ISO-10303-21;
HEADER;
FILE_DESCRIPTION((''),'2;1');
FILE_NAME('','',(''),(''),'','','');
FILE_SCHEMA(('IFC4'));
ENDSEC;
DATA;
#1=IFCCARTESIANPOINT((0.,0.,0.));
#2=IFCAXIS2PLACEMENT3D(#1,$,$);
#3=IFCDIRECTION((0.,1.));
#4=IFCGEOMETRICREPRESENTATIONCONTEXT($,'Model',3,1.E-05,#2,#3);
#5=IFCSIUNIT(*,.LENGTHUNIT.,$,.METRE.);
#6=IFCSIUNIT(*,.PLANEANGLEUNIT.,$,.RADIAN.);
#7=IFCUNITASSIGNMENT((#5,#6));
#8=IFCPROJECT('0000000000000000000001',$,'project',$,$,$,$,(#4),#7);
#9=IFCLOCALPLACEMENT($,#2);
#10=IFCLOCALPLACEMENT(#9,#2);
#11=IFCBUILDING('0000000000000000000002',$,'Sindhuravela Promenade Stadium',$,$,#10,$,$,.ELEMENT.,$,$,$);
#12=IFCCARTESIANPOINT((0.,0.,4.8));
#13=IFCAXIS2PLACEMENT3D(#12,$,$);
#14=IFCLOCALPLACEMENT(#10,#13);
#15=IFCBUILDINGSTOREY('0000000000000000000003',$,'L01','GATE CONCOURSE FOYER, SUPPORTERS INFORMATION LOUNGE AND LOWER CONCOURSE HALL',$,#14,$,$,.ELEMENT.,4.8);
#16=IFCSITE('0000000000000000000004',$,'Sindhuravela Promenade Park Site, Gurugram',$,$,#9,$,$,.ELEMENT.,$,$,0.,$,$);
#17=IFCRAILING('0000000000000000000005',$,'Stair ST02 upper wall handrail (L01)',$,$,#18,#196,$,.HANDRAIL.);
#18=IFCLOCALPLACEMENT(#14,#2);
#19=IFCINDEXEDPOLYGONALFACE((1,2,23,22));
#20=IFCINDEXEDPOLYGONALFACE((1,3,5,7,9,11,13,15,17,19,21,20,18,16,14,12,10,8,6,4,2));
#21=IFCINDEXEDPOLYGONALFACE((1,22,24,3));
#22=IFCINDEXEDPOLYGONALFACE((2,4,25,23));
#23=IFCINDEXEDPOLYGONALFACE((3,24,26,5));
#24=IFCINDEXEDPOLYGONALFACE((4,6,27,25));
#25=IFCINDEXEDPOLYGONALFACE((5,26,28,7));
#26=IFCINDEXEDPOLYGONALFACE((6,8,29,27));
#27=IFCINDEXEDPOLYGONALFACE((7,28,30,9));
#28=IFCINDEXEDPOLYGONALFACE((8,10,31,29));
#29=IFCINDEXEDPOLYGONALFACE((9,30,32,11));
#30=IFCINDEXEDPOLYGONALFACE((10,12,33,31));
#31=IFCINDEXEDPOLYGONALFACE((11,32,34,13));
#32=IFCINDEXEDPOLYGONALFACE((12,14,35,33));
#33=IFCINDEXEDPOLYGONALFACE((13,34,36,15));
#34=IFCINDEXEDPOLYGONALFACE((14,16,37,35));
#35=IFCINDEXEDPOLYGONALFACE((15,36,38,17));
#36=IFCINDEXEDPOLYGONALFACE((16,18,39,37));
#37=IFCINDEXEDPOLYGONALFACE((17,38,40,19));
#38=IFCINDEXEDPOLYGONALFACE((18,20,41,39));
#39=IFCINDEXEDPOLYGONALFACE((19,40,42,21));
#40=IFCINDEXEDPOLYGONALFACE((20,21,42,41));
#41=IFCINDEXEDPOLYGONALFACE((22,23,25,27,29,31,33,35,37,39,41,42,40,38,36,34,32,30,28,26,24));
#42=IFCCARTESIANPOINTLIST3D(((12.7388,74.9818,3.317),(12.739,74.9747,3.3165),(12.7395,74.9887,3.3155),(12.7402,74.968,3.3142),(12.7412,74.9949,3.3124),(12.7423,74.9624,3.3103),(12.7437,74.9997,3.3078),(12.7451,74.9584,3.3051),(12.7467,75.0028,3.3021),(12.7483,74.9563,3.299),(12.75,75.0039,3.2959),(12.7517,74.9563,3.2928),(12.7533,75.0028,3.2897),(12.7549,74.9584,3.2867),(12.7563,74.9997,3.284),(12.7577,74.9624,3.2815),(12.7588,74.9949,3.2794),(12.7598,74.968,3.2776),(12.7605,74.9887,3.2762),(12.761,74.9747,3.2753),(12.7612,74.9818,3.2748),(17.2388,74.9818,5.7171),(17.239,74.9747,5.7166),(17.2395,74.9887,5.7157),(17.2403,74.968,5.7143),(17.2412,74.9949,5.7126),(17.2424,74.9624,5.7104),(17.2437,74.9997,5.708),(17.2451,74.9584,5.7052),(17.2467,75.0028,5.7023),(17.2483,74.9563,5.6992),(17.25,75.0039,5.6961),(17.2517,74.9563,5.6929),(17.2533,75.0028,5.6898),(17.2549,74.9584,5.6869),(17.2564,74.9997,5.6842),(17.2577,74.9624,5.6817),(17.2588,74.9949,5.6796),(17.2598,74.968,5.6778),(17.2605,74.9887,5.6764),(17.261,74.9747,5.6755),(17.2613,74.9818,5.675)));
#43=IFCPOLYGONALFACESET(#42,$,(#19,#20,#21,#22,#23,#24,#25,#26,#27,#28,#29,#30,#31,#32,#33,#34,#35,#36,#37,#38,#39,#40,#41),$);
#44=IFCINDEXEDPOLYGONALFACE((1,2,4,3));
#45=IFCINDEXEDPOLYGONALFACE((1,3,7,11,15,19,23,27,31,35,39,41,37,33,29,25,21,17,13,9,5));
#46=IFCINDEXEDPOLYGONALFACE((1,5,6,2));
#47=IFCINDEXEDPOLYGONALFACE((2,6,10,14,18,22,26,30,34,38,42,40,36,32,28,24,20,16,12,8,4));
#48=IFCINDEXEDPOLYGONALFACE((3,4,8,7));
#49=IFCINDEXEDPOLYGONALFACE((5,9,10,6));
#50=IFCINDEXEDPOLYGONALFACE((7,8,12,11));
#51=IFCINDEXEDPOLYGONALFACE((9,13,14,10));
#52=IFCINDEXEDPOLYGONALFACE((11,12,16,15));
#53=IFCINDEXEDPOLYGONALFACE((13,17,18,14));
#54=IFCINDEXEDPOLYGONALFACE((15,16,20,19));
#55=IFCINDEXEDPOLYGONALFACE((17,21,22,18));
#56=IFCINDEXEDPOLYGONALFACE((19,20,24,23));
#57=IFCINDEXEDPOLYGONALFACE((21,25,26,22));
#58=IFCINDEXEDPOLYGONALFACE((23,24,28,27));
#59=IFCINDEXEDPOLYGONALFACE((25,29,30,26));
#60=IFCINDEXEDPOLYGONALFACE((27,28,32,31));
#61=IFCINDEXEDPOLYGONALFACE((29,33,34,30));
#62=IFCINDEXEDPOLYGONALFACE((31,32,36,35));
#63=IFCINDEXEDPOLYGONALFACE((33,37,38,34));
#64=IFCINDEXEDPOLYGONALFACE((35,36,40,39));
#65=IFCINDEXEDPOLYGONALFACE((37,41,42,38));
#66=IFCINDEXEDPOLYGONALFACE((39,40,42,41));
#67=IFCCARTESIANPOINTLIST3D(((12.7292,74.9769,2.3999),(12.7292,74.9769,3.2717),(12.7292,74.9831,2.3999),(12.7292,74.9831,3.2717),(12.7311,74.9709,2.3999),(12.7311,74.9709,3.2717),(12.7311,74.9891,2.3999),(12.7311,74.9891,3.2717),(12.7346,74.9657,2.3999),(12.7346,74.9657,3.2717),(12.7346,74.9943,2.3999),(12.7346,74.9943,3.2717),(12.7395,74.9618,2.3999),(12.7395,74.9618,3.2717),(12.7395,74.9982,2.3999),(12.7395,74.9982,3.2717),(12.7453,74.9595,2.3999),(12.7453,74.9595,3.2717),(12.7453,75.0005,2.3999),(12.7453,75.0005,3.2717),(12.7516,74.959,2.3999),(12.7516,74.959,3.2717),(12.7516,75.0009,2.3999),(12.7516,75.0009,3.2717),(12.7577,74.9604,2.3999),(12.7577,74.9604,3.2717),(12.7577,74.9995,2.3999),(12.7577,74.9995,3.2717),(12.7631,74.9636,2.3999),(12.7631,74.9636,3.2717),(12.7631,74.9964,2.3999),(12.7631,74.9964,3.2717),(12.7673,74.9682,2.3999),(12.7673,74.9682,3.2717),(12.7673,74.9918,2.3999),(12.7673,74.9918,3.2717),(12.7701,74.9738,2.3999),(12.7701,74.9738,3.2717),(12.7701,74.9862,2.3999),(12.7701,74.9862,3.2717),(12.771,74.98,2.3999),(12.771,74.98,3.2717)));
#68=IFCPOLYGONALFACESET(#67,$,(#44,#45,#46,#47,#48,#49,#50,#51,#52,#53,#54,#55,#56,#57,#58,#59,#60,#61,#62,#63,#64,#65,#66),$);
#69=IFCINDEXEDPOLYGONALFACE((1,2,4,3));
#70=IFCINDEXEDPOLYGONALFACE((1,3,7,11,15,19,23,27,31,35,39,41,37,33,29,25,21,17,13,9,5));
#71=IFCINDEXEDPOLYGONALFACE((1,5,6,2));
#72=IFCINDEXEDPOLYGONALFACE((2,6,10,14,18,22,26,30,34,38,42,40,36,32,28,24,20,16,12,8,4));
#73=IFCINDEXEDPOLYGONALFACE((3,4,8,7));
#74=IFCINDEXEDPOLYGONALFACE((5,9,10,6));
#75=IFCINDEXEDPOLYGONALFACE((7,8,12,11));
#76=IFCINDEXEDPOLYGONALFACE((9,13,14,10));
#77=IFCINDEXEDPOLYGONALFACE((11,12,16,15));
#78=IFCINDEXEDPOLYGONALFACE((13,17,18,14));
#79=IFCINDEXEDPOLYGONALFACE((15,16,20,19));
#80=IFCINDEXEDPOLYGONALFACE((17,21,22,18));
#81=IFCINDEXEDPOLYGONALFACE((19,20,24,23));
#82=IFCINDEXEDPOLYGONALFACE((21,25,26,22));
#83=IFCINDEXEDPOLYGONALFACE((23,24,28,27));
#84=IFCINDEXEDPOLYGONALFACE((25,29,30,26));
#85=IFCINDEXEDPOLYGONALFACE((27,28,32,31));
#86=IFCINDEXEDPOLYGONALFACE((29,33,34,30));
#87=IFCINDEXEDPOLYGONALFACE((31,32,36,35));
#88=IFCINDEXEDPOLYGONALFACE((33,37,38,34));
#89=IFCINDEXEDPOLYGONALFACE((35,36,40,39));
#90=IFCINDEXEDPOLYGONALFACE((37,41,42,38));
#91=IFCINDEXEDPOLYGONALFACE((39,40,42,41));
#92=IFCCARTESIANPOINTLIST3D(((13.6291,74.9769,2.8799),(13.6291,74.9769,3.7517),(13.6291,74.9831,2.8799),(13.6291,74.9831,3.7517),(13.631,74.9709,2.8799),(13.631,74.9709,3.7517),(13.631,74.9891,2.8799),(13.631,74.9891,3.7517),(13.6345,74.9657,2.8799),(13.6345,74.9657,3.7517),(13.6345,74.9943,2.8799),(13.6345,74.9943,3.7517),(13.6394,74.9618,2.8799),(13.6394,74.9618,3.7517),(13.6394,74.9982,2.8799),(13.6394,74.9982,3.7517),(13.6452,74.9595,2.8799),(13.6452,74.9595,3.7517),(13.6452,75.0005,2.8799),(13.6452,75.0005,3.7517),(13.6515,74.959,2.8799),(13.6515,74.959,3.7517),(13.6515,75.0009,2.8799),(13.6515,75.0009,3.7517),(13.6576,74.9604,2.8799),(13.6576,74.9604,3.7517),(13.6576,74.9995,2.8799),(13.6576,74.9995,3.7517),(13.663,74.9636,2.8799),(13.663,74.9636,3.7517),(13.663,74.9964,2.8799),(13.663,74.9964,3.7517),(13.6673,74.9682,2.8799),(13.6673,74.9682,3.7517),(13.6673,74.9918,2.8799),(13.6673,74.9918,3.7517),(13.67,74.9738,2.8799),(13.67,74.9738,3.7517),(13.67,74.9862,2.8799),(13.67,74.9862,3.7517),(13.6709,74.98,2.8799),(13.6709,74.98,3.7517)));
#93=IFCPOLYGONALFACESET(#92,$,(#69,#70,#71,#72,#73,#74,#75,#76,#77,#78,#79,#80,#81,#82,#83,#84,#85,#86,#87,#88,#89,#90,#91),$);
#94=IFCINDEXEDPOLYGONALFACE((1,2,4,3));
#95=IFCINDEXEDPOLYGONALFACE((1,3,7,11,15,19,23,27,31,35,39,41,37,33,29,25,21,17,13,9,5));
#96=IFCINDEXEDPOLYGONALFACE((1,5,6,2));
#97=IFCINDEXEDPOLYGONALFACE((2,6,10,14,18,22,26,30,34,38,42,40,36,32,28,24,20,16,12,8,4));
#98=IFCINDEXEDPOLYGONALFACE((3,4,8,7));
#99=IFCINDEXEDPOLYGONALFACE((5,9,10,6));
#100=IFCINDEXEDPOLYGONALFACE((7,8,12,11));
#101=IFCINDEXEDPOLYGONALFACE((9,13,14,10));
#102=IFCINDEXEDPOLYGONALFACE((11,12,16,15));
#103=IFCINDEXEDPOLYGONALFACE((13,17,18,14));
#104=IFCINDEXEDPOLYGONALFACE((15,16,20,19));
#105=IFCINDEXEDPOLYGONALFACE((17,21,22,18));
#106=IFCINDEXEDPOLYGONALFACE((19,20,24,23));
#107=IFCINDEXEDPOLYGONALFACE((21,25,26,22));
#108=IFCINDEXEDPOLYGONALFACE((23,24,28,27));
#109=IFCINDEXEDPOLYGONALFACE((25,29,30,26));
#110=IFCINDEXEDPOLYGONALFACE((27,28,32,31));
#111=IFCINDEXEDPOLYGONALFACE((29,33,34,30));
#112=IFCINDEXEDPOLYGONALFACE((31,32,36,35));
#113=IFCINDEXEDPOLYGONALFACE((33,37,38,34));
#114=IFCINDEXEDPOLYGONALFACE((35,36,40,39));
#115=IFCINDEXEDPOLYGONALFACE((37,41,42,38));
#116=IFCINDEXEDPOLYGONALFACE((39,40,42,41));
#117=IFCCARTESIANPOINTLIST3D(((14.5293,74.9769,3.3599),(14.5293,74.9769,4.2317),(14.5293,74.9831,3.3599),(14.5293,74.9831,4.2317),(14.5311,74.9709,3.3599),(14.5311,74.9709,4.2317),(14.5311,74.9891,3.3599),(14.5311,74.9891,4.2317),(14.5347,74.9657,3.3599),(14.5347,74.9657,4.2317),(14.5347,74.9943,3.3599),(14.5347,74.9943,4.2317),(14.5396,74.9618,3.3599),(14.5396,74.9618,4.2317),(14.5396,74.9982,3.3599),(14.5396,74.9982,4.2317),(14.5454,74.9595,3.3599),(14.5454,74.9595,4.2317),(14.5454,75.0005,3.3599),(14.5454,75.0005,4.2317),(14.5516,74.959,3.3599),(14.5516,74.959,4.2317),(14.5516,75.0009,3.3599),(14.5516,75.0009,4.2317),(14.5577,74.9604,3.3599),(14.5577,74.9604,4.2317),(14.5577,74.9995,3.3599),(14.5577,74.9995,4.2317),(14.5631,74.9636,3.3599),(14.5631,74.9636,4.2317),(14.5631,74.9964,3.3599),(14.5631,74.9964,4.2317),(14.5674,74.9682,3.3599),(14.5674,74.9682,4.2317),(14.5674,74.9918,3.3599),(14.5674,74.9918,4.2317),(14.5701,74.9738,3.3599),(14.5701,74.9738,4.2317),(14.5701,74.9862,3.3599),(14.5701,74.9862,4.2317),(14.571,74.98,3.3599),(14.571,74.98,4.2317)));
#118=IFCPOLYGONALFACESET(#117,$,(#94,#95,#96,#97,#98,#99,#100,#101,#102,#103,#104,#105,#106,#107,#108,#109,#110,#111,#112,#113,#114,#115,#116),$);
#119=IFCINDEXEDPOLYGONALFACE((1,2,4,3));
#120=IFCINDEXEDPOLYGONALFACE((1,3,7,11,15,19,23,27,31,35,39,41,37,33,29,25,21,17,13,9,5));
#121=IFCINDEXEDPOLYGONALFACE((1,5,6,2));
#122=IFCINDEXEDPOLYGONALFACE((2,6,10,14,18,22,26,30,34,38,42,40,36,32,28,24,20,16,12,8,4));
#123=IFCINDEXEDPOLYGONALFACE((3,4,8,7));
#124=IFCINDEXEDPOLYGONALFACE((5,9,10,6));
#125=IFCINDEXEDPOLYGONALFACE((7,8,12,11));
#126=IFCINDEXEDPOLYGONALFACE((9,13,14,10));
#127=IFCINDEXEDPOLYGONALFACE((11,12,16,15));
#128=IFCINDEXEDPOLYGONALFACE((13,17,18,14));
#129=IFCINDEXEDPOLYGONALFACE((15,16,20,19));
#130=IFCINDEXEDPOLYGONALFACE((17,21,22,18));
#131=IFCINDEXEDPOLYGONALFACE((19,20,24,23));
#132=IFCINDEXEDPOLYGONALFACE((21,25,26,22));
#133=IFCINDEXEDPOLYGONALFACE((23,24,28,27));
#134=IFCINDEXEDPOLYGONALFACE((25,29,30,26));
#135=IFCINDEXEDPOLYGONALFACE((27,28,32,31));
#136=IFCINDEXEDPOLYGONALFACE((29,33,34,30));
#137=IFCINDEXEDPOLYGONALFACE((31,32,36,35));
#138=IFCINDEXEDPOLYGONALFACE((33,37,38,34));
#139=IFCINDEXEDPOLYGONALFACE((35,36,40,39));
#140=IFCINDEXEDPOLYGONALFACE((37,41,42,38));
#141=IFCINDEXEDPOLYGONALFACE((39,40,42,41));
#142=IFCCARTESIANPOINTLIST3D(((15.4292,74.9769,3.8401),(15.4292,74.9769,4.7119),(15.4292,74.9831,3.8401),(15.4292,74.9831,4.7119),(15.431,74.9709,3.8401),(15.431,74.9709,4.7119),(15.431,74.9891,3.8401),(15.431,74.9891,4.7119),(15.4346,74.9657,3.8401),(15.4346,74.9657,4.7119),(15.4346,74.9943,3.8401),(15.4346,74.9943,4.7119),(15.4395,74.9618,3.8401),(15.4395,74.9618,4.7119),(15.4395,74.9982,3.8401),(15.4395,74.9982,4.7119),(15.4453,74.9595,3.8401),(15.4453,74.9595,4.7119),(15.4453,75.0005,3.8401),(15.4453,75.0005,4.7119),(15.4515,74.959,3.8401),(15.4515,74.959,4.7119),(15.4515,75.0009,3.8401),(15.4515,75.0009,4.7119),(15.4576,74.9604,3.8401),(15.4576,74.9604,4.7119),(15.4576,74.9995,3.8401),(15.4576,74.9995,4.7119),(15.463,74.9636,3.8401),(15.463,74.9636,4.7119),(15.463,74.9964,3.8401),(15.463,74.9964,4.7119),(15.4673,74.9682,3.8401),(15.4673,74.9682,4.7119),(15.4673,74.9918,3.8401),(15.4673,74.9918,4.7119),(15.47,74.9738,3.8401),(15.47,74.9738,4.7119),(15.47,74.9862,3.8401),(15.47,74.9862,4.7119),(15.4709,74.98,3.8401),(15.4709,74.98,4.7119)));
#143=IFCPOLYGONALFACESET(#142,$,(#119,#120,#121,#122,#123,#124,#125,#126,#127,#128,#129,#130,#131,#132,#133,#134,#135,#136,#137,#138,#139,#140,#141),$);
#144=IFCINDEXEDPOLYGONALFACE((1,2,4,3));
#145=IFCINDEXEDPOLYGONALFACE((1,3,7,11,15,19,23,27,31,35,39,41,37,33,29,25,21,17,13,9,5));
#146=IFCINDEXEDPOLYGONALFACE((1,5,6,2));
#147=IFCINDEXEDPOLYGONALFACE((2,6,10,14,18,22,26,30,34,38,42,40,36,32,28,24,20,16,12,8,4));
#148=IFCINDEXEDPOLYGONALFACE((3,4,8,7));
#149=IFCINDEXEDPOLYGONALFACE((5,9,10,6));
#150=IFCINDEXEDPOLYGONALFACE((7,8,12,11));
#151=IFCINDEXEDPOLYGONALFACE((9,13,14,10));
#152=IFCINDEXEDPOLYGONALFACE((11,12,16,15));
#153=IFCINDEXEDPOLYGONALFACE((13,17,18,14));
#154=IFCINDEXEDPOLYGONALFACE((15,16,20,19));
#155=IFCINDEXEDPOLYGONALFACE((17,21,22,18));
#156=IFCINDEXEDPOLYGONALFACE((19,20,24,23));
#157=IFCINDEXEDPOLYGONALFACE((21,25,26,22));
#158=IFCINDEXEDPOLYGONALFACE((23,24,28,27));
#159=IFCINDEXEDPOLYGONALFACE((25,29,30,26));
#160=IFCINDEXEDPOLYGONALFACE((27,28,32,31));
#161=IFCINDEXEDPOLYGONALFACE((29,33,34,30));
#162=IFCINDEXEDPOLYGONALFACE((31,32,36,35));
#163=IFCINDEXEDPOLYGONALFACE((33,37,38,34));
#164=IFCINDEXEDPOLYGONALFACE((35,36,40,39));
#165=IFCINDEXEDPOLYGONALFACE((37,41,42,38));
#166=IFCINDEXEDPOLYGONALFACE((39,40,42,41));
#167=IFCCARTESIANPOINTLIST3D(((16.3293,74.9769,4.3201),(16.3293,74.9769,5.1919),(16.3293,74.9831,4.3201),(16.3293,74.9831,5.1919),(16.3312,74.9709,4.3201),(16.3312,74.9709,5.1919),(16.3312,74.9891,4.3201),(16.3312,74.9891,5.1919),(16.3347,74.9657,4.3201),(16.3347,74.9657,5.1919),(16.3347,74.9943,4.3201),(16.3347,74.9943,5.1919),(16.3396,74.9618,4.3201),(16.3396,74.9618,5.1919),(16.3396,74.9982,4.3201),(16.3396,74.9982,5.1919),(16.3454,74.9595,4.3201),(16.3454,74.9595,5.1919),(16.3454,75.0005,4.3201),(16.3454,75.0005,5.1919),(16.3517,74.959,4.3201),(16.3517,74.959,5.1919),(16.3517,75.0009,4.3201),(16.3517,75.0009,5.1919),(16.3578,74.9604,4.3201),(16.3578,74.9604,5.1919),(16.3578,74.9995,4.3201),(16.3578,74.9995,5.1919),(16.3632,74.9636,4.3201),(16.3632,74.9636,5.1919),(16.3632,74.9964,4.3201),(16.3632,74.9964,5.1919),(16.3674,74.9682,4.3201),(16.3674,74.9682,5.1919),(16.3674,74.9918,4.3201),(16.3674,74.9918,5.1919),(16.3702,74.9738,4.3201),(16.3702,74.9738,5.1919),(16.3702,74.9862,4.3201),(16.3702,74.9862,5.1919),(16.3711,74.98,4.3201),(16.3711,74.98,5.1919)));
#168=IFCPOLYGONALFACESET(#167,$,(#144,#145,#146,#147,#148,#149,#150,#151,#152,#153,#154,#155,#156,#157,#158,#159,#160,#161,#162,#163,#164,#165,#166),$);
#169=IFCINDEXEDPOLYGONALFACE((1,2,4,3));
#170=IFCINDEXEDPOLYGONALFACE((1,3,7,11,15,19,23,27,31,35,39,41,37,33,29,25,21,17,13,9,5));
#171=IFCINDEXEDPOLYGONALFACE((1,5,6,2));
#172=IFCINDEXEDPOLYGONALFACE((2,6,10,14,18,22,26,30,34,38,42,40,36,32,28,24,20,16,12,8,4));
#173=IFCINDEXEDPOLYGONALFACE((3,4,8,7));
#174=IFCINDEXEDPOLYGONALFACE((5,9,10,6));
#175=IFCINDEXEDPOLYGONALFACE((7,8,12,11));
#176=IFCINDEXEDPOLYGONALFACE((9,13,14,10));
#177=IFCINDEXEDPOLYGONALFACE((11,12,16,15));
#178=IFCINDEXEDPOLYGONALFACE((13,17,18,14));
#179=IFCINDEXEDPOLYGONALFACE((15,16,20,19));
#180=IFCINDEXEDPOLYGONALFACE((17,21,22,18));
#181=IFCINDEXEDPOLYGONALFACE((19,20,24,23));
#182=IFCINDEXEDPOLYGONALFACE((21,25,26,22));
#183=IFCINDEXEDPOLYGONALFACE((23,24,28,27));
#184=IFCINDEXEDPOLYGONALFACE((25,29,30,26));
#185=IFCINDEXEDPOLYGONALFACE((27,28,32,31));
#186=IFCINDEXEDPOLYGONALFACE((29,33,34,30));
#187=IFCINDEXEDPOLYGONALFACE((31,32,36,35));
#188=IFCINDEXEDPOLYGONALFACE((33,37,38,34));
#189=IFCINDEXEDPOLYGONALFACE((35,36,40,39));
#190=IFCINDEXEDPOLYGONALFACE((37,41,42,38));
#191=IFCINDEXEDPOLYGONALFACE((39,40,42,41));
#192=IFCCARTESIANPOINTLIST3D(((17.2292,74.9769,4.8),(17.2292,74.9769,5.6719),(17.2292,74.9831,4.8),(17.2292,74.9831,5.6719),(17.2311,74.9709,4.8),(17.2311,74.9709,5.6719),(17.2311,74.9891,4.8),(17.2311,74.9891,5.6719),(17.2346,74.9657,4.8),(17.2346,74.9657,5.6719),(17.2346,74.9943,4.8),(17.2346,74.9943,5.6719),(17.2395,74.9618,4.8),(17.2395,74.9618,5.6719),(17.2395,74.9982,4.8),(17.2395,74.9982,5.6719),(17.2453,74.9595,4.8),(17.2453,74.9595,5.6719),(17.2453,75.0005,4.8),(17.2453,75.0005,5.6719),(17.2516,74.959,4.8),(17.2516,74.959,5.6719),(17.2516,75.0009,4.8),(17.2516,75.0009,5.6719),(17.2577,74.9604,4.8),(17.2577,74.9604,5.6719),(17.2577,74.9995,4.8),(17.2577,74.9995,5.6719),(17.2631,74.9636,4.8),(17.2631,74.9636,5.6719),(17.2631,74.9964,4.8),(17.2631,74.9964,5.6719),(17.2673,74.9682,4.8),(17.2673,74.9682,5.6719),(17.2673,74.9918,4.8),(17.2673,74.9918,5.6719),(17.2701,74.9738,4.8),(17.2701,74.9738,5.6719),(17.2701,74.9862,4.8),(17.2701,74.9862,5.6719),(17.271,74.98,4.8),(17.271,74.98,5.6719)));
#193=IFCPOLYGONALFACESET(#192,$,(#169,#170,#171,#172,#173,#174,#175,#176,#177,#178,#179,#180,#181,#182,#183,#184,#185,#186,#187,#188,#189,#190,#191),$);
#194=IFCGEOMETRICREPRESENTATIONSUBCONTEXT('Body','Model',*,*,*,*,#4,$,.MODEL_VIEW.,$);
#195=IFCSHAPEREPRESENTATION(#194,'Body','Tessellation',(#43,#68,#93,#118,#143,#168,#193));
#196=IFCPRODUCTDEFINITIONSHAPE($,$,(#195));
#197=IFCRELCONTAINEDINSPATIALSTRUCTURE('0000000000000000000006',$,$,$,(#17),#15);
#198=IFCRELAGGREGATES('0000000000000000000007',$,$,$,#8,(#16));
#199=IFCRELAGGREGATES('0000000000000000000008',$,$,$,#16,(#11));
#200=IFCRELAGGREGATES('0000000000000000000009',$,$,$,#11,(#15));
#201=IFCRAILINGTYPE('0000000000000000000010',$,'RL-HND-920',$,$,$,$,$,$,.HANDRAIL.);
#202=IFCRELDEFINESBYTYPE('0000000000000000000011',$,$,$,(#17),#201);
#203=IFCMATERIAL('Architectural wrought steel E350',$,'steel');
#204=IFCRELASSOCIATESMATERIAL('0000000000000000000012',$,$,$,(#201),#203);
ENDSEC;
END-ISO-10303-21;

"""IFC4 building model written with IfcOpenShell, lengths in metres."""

from ifc_helpers import new_model, si_unit, direction, frame, origin, origin_2d, place, context, subcontext, project, spatial, circle, extrude, material, type_object, element, save


model = new_model("IFC4")

# Units and contexts
model_context = context("Model", 3, precision=1e-05, world=origin(), true_north=direction((0.0, 1.0)))
body_context = subcontext(model_context, "Body", "Model", "MODEL_VIEW")
ifc_project = project(units=[si_unit("LENGTHUNIT", "METRE"), si_unit("PLANEANGLEUNIT", "RADIAN")], contexts=[model_context])

# Site, building, storey
site_placement = place(None, origin())
site = spatial("IfcSite", under=ifc_project, at=site_placement, Name="Sindhuravela Promenade Park Site, Gurugram", CompositionType="ELEMENT", RefElevation=0.0)
building_placement = place(site_placement, origin())
building = spatial("IfcBuilding", under=site, at=building_placement, Name="Sindhuravela Promenade Stadium", CompositionType="ELEMENT")
storey_placement = place(building_placement, frame((0.0, 0.0, 4.8)))
storey = spatial("IfcBuildingStorey", under=building, at=storey_placement, Name="L01", Description="GATE CONCOURSE FOYER, SUPPORTERS INFORMATION LOUNGE AND LOWER CONCOURSE HALL", CompositionType="ELEMENT", Elevation=4.8)

# Shared definitions
ifc_material_1 = material(Name="Architectural wrought steel E350", Category="steel")

# Railing
railing_type_1 = type_object("IfcRailingType", Name="RL-HND-920", PredefinedType="HANDRAIL", material=ifc_material_1)
railing_1_placement = place(storey_placement, frame((12.75, 74.98, 2.3999)))
element("IfcRailing", 1, at=railing_1_placement, inside=storey, type_object=railing_type_1, Name="Stair ST02 upper wall handrail (L01)", PredefinedType="HANDRAIL", context=body_context, shape_type="SweptSolid", body=[
    extrude(circle(Radius=0.0239, at=origin_2d()), frame((0.0, 0.0, 0.896), z_axis=(0.882341, 0.0, 0.470611), x_axis=(0.0, 1.0, 0.0)), (0.0, 0.0, 1.0), 5.1001),
    extrude(circle(Radius=0.021, at=origin_2d()), origin(), (0.0, 0.0, 1.0), 0.8718),
    extrude(circle(Radius=0.021, at=origin_2d()), frame((0.8999, 0.0, 0.48)), (0.0, 0.0, 1.0), 0.8718),
    extrude(circle(Radius=0.021, at=origin_2d()), frame((1.8, 0.0, 0.96)), (0.0, 0.0, 1.0), 0.8718),
    extrude(circle(Radius=0.021, at=origin_2d()), frame((2.7, 0.0, 1.4402)), (0.0, 0.0, 1.0), 0.8718),
    extrude(circle(Radius=0.021, at=origin_2d()), frame((3.6001, 0.0, 1.9202)), (0.0, 0.0, 1.0), 0.8718),
    extrude(circle(Radius=0.021, at=origin_2d()), frame((4.5, 0.0, 2.4001)), (0.0, 0.0, 1.0), 0.8718),
])

save(model, "model.ifc")
